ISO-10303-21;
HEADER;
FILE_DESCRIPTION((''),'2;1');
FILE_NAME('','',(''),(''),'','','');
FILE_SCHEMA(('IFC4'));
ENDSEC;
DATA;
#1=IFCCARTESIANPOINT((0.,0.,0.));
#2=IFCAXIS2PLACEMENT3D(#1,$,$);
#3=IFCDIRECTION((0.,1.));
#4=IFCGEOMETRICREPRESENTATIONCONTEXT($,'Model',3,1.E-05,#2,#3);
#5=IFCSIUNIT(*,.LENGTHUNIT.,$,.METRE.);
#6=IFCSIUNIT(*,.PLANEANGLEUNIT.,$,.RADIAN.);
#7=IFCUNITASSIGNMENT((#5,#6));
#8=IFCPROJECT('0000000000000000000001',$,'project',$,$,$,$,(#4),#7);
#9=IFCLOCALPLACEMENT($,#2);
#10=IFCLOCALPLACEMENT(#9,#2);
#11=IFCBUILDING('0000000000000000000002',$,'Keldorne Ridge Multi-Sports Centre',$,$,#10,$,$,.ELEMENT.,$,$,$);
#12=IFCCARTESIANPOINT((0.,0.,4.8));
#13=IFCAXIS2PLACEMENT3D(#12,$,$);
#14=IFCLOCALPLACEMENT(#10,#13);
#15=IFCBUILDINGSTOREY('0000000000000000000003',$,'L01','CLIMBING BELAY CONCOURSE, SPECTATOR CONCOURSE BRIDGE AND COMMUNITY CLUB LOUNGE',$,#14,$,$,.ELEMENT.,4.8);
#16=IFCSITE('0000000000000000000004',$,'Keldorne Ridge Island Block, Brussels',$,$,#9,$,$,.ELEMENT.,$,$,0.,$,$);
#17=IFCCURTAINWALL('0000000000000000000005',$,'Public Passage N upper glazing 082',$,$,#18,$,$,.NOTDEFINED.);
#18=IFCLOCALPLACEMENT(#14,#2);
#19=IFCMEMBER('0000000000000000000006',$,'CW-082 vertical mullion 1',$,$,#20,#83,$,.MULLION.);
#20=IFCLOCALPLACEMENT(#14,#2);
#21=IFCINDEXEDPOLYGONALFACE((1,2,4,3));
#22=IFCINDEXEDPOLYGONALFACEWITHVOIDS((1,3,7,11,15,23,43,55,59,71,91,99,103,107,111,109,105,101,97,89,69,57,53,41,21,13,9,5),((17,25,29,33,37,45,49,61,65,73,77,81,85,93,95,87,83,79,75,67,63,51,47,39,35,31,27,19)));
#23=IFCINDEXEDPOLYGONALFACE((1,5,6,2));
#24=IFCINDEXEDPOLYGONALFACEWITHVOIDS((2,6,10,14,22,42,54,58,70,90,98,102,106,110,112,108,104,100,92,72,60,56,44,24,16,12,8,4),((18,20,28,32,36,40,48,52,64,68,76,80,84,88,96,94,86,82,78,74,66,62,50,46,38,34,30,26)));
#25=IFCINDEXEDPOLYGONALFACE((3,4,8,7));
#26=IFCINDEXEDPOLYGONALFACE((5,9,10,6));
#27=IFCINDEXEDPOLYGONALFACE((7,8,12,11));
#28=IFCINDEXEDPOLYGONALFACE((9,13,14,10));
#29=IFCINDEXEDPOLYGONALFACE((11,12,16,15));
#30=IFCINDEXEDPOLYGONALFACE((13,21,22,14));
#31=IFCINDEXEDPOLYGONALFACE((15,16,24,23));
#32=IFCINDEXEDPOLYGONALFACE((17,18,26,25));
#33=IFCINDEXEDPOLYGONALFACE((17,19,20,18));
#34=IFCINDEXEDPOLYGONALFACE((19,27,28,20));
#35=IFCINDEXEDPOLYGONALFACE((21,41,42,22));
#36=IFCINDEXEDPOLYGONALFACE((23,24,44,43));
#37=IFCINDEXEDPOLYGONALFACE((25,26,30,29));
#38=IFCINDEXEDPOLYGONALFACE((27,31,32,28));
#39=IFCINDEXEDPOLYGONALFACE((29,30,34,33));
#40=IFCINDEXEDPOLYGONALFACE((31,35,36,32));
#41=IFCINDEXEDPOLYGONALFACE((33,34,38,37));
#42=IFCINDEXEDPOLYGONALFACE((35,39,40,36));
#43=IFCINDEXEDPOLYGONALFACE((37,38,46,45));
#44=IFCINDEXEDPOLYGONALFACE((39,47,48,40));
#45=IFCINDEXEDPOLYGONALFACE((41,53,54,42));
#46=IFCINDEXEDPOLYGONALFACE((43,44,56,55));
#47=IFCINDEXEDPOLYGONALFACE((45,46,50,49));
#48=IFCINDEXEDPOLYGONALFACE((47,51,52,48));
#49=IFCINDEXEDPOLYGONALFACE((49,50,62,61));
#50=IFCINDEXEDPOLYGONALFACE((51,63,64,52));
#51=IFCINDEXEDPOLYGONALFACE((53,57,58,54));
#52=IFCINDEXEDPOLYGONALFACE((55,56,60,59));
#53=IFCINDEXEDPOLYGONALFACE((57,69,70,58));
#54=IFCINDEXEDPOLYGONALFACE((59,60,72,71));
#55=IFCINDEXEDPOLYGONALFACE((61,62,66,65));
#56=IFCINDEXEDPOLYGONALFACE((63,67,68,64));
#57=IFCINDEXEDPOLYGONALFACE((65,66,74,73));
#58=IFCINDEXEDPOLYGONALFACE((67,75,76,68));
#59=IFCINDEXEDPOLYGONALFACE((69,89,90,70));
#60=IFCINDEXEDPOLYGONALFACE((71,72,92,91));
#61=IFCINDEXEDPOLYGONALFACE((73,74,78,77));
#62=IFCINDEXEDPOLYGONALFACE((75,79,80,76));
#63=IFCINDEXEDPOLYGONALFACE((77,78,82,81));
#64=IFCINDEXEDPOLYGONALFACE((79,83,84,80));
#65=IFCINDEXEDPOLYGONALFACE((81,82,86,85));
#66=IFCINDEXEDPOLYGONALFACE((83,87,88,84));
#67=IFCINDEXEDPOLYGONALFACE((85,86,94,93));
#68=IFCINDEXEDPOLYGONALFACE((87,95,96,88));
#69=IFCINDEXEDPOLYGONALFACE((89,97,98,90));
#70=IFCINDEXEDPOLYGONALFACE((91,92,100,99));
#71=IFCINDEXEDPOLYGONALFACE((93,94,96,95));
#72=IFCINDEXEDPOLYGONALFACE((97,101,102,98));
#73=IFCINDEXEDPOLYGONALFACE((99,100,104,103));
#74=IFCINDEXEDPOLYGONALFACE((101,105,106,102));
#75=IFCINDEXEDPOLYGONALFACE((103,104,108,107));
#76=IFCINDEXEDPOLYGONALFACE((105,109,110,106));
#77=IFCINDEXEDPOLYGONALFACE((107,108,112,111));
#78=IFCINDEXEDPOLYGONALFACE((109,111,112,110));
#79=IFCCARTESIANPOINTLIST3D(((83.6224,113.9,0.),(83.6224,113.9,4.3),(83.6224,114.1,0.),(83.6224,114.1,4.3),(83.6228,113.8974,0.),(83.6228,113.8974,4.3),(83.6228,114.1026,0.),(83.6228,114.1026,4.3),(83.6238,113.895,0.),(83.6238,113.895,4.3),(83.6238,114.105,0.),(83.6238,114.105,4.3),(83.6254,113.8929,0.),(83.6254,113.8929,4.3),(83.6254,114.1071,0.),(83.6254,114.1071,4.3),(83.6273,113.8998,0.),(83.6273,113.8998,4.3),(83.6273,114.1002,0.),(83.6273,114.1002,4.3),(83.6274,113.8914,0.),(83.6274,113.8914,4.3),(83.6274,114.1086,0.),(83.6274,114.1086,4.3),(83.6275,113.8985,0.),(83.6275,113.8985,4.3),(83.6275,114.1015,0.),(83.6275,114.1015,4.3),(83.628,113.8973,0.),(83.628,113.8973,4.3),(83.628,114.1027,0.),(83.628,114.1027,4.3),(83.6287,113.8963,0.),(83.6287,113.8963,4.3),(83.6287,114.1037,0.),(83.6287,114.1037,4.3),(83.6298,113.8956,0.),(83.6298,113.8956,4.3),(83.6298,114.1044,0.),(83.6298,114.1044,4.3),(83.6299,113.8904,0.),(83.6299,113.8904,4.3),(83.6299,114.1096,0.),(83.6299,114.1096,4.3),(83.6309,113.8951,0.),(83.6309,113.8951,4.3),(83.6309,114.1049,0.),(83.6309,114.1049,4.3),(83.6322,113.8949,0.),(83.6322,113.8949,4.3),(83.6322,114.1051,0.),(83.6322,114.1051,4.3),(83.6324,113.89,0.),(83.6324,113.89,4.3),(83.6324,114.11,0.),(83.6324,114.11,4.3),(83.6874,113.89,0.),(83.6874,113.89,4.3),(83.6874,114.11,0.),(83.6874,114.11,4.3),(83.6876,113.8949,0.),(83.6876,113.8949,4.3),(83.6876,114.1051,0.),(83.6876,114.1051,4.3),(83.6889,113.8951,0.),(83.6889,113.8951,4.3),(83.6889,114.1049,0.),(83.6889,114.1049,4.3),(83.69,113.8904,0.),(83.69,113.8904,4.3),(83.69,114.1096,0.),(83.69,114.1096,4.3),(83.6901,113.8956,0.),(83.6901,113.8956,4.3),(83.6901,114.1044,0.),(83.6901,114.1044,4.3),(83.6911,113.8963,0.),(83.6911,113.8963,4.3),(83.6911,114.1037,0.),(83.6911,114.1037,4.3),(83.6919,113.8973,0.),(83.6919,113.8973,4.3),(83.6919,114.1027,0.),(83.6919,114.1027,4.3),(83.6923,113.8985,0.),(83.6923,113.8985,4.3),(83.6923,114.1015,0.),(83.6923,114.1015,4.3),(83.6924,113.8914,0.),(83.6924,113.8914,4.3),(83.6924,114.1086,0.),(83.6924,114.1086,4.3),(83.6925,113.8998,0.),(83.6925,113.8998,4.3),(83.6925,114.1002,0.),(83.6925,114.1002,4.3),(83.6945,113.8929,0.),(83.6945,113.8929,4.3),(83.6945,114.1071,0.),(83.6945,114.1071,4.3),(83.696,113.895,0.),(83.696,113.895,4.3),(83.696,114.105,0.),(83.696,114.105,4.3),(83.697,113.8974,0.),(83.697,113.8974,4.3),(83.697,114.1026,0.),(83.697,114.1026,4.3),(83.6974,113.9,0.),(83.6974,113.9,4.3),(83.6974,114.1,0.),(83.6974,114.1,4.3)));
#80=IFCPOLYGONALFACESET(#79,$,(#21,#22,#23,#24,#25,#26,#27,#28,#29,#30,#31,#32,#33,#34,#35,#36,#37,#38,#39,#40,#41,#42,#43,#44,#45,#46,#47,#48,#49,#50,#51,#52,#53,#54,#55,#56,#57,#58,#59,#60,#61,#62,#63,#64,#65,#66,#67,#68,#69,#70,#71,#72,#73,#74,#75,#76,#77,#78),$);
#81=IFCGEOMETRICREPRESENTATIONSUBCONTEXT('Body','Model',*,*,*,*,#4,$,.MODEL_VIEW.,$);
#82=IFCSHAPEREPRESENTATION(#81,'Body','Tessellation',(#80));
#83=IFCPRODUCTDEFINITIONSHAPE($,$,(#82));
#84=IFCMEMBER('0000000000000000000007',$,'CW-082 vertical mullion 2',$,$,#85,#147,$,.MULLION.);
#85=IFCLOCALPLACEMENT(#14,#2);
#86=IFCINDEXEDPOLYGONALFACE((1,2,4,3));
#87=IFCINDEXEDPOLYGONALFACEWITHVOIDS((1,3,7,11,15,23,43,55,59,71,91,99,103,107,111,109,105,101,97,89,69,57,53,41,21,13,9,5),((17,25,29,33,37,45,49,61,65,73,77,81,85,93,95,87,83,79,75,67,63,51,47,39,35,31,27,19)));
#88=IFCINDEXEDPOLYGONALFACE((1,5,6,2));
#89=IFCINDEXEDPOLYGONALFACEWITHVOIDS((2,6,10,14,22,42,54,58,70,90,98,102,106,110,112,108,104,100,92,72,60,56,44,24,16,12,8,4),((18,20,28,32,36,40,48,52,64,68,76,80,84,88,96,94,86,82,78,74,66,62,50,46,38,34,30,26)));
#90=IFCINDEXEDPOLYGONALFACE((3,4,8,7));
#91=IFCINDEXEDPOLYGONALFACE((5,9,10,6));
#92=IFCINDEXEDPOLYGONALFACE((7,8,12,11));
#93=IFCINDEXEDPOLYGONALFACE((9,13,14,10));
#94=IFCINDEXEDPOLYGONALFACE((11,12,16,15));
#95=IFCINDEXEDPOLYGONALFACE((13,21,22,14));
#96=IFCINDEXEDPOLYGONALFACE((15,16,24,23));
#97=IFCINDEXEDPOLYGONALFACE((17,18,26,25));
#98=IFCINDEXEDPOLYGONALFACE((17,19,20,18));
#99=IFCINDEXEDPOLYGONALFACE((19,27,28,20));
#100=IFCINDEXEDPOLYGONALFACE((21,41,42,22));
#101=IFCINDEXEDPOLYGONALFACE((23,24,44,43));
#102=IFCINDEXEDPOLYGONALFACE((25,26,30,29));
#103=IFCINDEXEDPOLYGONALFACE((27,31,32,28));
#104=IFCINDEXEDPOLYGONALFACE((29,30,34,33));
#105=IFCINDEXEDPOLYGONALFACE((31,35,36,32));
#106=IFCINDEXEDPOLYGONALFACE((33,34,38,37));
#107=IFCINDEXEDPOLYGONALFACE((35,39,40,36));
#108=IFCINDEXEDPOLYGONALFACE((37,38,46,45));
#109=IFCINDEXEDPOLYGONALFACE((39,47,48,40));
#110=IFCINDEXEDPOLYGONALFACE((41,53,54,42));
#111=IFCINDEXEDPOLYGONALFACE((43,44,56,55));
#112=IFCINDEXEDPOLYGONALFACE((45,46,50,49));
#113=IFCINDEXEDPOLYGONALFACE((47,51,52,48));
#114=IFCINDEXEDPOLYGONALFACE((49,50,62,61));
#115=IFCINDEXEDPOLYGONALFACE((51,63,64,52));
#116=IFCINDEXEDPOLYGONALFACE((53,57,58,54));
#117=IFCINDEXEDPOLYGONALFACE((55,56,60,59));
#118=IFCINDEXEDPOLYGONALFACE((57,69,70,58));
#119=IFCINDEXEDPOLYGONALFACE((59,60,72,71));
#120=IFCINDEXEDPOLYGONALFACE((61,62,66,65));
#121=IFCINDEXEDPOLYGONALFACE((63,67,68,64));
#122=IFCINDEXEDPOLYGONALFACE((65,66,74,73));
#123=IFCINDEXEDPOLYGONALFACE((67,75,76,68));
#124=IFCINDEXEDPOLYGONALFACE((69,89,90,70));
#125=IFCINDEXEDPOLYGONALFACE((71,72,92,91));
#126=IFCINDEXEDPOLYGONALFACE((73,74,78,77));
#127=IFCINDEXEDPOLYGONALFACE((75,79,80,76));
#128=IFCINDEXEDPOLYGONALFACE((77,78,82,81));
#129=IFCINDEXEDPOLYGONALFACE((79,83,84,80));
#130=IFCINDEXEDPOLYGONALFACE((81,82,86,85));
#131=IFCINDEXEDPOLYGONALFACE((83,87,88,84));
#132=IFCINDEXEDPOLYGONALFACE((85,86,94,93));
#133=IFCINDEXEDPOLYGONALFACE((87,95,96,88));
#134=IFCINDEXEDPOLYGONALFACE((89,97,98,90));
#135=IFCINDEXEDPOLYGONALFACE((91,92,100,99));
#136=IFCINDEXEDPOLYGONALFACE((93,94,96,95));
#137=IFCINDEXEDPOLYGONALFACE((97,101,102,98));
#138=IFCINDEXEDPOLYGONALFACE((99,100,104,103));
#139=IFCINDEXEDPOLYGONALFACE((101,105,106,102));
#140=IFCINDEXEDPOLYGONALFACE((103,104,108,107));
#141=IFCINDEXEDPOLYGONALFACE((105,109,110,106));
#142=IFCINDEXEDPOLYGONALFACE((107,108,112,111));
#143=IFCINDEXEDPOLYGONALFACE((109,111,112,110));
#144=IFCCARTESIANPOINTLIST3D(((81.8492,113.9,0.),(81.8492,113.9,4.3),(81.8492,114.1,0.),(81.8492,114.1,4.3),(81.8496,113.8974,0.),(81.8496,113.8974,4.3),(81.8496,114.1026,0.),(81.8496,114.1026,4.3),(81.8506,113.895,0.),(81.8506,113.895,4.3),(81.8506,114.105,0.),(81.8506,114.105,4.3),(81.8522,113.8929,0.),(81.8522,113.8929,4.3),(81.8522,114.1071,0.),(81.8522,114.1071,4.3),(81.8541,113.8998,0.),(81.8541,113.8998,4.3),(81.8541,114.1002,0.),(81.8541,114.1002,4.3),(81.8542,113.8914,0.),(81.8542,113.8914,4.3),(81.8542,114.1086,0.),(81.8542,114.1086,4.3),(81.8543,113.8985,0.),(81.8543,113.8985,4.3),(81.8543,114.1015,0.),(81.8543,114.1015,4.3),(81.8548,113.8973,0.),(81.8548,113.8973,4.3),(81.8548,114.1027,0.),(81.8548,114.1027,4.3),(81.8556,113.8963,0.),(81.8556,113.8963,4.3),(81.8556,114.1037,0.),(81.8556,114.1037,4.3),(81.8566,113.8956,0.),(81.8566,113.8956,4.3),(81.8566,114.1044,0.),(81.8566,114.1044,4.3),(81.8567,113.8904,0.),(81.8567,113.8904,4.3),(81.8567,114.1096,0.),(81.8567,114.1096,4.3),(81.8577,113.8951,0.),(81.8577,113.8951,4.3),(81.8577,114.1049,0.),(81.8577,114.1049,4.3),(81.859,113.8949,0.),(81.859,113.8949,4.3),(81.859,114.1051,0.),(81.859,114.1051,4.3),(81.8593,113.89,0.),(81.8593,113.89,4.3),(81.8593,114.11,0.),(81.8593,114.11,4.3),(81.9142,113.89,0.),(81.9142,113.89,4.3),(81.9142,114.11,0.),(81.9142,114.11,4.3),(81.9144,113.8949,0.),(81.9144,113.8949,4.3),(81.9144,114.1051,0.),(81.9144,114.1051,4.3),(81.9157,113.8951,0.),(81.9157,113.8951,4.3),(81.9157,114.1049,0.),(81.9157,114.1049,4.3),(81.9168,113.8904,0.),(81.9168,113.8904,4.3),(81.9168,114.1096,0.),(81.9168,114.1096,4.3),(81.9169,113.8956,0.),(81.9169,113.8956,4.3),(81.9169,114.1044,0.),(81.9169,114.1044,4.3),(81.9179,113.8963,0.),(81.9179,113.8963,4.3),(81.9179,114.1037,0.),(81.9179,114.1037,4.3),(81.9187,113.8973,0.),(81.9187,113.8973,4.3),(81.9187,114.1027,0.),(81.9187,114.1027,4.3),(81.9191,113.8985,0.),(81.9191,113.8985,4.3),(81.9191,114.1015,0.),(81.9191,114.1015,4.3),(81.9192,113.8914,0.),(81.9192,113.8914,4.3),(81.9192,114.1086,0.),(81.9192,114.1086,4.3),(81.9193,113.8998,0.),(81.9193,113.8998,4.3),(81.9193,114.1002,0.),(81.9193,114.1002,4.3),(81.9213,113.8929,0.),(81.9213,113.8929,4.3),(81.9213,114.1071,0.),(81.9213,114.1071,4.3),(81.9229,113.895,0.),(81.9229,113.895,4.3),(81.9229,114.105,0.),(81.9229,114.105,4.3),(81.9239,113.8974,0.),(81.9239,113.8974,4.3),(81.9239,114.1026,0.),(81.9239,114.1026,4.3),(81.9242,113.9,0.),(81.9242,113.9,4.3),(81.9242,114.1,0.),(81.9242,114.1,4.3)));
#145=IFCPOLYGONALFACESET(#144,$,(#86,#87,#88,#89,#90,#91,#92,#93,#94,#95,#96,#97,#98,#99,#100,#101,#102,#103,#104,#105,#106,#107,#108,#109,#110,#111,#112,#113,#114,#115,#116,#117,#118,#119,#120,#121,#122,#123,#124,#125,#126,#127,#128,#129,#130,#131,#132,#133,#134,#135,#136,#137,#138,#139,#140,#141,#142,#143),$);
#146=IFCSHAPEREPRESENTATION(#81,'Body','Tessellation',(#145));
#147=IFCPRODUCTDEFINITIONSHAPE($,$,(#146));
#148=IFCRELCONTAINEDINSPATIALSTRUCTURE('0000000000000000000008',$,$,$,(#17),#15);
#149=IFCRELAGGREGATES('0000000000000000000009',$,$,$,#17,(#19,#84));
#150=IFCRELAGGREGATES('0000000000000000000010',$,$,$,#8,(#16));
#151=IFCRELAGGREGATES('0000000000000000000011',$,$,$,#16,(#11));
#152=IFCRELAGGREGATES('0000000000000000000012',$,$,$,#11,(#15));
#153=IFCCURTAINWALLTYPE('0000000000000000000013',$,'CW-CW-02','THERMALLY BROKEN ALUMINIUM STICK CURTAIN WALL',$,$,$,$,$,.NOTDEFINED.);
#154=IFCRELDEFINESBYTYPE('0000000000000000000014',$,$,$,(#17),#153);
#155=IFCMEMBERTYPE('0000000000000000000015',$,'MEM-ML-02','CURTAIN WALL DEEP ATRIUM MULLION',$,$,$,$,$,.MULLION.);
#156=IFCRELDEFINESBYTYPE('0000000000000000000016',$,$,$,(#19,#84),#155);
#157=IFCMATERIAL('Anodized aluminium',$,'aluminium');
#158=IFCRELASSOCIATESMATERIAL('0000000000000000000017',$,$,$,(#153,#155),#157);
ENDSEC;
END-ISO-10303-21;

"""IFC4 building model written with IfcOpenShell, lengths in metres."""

from ifc_helpers import new_model, si_unit, direction, frame, origin, origin_2d, place, context, subcontext, project, spatial, hollow_rectangle, extrude, material, material_profile, profile_set, type_object, element, aggregate, save


model = new_model("IFC4")

# Units and contexts
model_context = context("Model", 3, precision=1e-05, world=origin(), true_north=direction((0.0, 1.0)))
body_context = subcontext(model_context, "Body", "Model", "MODEL_VIEW")
ifc_project = project(units=[si_unit("LENGTHUNIT", "METRE"), si_unit("PLANEANGLEUNIT", "RADIAN")], contexts=[model_context])

# Site, building, storey
site_placement = place(None, origin())
site = spatial("IfcSite", under=ifc_project, at=site_placement, Name="Keldorne Ridge Island Block, Brussels", CompositionType="ELEMENT", RefElevation=0.0)
building_placement = place(site_placement, origin())
building = spatial("IfcBuilding", under=site, at=building_placement, Name="Keldorne Ridge Multi-Sports Centre", CompositionType="ELEMENT")
storey_placement = place(building_placement, frame((0.0, 0.0, 4.8)))
storey = spatial("IfcBuildingStorey", under=building, at=storey_placement, Name="L01", Description="CLIMBING BELAY CONCOURSE, SPECTATOR CONCOURSE BRIDGE AND COMMUNITY CLUB LOUNGE", CompositionType="ELEMENT", Elevation=4.8)

# Curtain wall, members
ifc_material_1 = material(Name="Anodized aluminium", Category="aluminium")
curtain_wall_type = type_object("IfcCurtainWallType", Name="CW-CW-02", Description="THERMALLY BROKEN ALUMINIUM STICK CURTAIN WALL", PredefinedType="NOTDEFINED", material=ifc_material_1)
curtain_wall_placement = place(storey_placement, origin())
curtain_wall = element("IfcCurtainWall", 1, at=curtain_wall_placement, inside=storey, type_object=curtain_wall_type, Name="Public Passage N upper glazing 082", PredefinedType="NOTDEFINED")
ifc_material_profile_1 = material_profile(ifc_material_1, hollow_rectangle(XDim=0.075, YDim=0.22, WallThickness=0.0049, InnerFilletRadius=0.0049, OuterFilletRadius=0.01, at=origin_2d()), Name="ALU MULLION 220x75x5")
ifc_profile_set_1 = profile_set([ifc_material_profile_1], Name="Anodized aluminium")
member_type_1 = type_object("IfcMemberType", Name="MEM-ML-02", Description="CURTAIN WALL DEEP ATRIUM MULLION", PredefinedType="MULLION", material=ifc_profile_set_1)
member_1_placement = place(storey_placement, frame((83.6599, 114.0, 0.0), z_axis=(0.0, 0.0, 1.0), x_axis=(1.0, 0.0, 0.0)))
member_1 = element("IfcMember", 2, at=member_1_placement, type_object=member_type_1, Name="CW-082 vertical mullion 1", PredefinedType="MULLION", context=body_context, shape_type="SweptSolid", body=[
    extrude(hollow_rectangle(XDim=0.075, YDim=0.22, WallThickness=0.0049, InnerFilletRadius=0.0049, OuterFilletRadius=0.01, at=origin_2d()), origin(), (0.0, 0.0, 1.0), 4.3),
])
member_2_placement = place(storey_placement, frame((81.8867, 114.0, 0.0), z_axis=(0.0, 0.0, 1.0), x_axis=(1.0, 0.0, 0.0)))
member_2 = element("IfcMember", 3, at=member_2_placement, type_object=member_type_1, Name="CW-082 vertical mullion 2", PredefinedType="MULLION", context=body_context, shape_type="SweptSolid", body=[
    extrude(hollow_rectangle(XDim=0.075, YDim=0.22, WallThickness=0.0049, InnerFilletRadius=0.0049, OuterFilletRadius=0.01, at=origin_2d()), origin(), (0.0, 0.0, 1.0), 4.3),
])
aggregate(curtain_wall, [member_1, member_2])

save(model, "model.ifc")
